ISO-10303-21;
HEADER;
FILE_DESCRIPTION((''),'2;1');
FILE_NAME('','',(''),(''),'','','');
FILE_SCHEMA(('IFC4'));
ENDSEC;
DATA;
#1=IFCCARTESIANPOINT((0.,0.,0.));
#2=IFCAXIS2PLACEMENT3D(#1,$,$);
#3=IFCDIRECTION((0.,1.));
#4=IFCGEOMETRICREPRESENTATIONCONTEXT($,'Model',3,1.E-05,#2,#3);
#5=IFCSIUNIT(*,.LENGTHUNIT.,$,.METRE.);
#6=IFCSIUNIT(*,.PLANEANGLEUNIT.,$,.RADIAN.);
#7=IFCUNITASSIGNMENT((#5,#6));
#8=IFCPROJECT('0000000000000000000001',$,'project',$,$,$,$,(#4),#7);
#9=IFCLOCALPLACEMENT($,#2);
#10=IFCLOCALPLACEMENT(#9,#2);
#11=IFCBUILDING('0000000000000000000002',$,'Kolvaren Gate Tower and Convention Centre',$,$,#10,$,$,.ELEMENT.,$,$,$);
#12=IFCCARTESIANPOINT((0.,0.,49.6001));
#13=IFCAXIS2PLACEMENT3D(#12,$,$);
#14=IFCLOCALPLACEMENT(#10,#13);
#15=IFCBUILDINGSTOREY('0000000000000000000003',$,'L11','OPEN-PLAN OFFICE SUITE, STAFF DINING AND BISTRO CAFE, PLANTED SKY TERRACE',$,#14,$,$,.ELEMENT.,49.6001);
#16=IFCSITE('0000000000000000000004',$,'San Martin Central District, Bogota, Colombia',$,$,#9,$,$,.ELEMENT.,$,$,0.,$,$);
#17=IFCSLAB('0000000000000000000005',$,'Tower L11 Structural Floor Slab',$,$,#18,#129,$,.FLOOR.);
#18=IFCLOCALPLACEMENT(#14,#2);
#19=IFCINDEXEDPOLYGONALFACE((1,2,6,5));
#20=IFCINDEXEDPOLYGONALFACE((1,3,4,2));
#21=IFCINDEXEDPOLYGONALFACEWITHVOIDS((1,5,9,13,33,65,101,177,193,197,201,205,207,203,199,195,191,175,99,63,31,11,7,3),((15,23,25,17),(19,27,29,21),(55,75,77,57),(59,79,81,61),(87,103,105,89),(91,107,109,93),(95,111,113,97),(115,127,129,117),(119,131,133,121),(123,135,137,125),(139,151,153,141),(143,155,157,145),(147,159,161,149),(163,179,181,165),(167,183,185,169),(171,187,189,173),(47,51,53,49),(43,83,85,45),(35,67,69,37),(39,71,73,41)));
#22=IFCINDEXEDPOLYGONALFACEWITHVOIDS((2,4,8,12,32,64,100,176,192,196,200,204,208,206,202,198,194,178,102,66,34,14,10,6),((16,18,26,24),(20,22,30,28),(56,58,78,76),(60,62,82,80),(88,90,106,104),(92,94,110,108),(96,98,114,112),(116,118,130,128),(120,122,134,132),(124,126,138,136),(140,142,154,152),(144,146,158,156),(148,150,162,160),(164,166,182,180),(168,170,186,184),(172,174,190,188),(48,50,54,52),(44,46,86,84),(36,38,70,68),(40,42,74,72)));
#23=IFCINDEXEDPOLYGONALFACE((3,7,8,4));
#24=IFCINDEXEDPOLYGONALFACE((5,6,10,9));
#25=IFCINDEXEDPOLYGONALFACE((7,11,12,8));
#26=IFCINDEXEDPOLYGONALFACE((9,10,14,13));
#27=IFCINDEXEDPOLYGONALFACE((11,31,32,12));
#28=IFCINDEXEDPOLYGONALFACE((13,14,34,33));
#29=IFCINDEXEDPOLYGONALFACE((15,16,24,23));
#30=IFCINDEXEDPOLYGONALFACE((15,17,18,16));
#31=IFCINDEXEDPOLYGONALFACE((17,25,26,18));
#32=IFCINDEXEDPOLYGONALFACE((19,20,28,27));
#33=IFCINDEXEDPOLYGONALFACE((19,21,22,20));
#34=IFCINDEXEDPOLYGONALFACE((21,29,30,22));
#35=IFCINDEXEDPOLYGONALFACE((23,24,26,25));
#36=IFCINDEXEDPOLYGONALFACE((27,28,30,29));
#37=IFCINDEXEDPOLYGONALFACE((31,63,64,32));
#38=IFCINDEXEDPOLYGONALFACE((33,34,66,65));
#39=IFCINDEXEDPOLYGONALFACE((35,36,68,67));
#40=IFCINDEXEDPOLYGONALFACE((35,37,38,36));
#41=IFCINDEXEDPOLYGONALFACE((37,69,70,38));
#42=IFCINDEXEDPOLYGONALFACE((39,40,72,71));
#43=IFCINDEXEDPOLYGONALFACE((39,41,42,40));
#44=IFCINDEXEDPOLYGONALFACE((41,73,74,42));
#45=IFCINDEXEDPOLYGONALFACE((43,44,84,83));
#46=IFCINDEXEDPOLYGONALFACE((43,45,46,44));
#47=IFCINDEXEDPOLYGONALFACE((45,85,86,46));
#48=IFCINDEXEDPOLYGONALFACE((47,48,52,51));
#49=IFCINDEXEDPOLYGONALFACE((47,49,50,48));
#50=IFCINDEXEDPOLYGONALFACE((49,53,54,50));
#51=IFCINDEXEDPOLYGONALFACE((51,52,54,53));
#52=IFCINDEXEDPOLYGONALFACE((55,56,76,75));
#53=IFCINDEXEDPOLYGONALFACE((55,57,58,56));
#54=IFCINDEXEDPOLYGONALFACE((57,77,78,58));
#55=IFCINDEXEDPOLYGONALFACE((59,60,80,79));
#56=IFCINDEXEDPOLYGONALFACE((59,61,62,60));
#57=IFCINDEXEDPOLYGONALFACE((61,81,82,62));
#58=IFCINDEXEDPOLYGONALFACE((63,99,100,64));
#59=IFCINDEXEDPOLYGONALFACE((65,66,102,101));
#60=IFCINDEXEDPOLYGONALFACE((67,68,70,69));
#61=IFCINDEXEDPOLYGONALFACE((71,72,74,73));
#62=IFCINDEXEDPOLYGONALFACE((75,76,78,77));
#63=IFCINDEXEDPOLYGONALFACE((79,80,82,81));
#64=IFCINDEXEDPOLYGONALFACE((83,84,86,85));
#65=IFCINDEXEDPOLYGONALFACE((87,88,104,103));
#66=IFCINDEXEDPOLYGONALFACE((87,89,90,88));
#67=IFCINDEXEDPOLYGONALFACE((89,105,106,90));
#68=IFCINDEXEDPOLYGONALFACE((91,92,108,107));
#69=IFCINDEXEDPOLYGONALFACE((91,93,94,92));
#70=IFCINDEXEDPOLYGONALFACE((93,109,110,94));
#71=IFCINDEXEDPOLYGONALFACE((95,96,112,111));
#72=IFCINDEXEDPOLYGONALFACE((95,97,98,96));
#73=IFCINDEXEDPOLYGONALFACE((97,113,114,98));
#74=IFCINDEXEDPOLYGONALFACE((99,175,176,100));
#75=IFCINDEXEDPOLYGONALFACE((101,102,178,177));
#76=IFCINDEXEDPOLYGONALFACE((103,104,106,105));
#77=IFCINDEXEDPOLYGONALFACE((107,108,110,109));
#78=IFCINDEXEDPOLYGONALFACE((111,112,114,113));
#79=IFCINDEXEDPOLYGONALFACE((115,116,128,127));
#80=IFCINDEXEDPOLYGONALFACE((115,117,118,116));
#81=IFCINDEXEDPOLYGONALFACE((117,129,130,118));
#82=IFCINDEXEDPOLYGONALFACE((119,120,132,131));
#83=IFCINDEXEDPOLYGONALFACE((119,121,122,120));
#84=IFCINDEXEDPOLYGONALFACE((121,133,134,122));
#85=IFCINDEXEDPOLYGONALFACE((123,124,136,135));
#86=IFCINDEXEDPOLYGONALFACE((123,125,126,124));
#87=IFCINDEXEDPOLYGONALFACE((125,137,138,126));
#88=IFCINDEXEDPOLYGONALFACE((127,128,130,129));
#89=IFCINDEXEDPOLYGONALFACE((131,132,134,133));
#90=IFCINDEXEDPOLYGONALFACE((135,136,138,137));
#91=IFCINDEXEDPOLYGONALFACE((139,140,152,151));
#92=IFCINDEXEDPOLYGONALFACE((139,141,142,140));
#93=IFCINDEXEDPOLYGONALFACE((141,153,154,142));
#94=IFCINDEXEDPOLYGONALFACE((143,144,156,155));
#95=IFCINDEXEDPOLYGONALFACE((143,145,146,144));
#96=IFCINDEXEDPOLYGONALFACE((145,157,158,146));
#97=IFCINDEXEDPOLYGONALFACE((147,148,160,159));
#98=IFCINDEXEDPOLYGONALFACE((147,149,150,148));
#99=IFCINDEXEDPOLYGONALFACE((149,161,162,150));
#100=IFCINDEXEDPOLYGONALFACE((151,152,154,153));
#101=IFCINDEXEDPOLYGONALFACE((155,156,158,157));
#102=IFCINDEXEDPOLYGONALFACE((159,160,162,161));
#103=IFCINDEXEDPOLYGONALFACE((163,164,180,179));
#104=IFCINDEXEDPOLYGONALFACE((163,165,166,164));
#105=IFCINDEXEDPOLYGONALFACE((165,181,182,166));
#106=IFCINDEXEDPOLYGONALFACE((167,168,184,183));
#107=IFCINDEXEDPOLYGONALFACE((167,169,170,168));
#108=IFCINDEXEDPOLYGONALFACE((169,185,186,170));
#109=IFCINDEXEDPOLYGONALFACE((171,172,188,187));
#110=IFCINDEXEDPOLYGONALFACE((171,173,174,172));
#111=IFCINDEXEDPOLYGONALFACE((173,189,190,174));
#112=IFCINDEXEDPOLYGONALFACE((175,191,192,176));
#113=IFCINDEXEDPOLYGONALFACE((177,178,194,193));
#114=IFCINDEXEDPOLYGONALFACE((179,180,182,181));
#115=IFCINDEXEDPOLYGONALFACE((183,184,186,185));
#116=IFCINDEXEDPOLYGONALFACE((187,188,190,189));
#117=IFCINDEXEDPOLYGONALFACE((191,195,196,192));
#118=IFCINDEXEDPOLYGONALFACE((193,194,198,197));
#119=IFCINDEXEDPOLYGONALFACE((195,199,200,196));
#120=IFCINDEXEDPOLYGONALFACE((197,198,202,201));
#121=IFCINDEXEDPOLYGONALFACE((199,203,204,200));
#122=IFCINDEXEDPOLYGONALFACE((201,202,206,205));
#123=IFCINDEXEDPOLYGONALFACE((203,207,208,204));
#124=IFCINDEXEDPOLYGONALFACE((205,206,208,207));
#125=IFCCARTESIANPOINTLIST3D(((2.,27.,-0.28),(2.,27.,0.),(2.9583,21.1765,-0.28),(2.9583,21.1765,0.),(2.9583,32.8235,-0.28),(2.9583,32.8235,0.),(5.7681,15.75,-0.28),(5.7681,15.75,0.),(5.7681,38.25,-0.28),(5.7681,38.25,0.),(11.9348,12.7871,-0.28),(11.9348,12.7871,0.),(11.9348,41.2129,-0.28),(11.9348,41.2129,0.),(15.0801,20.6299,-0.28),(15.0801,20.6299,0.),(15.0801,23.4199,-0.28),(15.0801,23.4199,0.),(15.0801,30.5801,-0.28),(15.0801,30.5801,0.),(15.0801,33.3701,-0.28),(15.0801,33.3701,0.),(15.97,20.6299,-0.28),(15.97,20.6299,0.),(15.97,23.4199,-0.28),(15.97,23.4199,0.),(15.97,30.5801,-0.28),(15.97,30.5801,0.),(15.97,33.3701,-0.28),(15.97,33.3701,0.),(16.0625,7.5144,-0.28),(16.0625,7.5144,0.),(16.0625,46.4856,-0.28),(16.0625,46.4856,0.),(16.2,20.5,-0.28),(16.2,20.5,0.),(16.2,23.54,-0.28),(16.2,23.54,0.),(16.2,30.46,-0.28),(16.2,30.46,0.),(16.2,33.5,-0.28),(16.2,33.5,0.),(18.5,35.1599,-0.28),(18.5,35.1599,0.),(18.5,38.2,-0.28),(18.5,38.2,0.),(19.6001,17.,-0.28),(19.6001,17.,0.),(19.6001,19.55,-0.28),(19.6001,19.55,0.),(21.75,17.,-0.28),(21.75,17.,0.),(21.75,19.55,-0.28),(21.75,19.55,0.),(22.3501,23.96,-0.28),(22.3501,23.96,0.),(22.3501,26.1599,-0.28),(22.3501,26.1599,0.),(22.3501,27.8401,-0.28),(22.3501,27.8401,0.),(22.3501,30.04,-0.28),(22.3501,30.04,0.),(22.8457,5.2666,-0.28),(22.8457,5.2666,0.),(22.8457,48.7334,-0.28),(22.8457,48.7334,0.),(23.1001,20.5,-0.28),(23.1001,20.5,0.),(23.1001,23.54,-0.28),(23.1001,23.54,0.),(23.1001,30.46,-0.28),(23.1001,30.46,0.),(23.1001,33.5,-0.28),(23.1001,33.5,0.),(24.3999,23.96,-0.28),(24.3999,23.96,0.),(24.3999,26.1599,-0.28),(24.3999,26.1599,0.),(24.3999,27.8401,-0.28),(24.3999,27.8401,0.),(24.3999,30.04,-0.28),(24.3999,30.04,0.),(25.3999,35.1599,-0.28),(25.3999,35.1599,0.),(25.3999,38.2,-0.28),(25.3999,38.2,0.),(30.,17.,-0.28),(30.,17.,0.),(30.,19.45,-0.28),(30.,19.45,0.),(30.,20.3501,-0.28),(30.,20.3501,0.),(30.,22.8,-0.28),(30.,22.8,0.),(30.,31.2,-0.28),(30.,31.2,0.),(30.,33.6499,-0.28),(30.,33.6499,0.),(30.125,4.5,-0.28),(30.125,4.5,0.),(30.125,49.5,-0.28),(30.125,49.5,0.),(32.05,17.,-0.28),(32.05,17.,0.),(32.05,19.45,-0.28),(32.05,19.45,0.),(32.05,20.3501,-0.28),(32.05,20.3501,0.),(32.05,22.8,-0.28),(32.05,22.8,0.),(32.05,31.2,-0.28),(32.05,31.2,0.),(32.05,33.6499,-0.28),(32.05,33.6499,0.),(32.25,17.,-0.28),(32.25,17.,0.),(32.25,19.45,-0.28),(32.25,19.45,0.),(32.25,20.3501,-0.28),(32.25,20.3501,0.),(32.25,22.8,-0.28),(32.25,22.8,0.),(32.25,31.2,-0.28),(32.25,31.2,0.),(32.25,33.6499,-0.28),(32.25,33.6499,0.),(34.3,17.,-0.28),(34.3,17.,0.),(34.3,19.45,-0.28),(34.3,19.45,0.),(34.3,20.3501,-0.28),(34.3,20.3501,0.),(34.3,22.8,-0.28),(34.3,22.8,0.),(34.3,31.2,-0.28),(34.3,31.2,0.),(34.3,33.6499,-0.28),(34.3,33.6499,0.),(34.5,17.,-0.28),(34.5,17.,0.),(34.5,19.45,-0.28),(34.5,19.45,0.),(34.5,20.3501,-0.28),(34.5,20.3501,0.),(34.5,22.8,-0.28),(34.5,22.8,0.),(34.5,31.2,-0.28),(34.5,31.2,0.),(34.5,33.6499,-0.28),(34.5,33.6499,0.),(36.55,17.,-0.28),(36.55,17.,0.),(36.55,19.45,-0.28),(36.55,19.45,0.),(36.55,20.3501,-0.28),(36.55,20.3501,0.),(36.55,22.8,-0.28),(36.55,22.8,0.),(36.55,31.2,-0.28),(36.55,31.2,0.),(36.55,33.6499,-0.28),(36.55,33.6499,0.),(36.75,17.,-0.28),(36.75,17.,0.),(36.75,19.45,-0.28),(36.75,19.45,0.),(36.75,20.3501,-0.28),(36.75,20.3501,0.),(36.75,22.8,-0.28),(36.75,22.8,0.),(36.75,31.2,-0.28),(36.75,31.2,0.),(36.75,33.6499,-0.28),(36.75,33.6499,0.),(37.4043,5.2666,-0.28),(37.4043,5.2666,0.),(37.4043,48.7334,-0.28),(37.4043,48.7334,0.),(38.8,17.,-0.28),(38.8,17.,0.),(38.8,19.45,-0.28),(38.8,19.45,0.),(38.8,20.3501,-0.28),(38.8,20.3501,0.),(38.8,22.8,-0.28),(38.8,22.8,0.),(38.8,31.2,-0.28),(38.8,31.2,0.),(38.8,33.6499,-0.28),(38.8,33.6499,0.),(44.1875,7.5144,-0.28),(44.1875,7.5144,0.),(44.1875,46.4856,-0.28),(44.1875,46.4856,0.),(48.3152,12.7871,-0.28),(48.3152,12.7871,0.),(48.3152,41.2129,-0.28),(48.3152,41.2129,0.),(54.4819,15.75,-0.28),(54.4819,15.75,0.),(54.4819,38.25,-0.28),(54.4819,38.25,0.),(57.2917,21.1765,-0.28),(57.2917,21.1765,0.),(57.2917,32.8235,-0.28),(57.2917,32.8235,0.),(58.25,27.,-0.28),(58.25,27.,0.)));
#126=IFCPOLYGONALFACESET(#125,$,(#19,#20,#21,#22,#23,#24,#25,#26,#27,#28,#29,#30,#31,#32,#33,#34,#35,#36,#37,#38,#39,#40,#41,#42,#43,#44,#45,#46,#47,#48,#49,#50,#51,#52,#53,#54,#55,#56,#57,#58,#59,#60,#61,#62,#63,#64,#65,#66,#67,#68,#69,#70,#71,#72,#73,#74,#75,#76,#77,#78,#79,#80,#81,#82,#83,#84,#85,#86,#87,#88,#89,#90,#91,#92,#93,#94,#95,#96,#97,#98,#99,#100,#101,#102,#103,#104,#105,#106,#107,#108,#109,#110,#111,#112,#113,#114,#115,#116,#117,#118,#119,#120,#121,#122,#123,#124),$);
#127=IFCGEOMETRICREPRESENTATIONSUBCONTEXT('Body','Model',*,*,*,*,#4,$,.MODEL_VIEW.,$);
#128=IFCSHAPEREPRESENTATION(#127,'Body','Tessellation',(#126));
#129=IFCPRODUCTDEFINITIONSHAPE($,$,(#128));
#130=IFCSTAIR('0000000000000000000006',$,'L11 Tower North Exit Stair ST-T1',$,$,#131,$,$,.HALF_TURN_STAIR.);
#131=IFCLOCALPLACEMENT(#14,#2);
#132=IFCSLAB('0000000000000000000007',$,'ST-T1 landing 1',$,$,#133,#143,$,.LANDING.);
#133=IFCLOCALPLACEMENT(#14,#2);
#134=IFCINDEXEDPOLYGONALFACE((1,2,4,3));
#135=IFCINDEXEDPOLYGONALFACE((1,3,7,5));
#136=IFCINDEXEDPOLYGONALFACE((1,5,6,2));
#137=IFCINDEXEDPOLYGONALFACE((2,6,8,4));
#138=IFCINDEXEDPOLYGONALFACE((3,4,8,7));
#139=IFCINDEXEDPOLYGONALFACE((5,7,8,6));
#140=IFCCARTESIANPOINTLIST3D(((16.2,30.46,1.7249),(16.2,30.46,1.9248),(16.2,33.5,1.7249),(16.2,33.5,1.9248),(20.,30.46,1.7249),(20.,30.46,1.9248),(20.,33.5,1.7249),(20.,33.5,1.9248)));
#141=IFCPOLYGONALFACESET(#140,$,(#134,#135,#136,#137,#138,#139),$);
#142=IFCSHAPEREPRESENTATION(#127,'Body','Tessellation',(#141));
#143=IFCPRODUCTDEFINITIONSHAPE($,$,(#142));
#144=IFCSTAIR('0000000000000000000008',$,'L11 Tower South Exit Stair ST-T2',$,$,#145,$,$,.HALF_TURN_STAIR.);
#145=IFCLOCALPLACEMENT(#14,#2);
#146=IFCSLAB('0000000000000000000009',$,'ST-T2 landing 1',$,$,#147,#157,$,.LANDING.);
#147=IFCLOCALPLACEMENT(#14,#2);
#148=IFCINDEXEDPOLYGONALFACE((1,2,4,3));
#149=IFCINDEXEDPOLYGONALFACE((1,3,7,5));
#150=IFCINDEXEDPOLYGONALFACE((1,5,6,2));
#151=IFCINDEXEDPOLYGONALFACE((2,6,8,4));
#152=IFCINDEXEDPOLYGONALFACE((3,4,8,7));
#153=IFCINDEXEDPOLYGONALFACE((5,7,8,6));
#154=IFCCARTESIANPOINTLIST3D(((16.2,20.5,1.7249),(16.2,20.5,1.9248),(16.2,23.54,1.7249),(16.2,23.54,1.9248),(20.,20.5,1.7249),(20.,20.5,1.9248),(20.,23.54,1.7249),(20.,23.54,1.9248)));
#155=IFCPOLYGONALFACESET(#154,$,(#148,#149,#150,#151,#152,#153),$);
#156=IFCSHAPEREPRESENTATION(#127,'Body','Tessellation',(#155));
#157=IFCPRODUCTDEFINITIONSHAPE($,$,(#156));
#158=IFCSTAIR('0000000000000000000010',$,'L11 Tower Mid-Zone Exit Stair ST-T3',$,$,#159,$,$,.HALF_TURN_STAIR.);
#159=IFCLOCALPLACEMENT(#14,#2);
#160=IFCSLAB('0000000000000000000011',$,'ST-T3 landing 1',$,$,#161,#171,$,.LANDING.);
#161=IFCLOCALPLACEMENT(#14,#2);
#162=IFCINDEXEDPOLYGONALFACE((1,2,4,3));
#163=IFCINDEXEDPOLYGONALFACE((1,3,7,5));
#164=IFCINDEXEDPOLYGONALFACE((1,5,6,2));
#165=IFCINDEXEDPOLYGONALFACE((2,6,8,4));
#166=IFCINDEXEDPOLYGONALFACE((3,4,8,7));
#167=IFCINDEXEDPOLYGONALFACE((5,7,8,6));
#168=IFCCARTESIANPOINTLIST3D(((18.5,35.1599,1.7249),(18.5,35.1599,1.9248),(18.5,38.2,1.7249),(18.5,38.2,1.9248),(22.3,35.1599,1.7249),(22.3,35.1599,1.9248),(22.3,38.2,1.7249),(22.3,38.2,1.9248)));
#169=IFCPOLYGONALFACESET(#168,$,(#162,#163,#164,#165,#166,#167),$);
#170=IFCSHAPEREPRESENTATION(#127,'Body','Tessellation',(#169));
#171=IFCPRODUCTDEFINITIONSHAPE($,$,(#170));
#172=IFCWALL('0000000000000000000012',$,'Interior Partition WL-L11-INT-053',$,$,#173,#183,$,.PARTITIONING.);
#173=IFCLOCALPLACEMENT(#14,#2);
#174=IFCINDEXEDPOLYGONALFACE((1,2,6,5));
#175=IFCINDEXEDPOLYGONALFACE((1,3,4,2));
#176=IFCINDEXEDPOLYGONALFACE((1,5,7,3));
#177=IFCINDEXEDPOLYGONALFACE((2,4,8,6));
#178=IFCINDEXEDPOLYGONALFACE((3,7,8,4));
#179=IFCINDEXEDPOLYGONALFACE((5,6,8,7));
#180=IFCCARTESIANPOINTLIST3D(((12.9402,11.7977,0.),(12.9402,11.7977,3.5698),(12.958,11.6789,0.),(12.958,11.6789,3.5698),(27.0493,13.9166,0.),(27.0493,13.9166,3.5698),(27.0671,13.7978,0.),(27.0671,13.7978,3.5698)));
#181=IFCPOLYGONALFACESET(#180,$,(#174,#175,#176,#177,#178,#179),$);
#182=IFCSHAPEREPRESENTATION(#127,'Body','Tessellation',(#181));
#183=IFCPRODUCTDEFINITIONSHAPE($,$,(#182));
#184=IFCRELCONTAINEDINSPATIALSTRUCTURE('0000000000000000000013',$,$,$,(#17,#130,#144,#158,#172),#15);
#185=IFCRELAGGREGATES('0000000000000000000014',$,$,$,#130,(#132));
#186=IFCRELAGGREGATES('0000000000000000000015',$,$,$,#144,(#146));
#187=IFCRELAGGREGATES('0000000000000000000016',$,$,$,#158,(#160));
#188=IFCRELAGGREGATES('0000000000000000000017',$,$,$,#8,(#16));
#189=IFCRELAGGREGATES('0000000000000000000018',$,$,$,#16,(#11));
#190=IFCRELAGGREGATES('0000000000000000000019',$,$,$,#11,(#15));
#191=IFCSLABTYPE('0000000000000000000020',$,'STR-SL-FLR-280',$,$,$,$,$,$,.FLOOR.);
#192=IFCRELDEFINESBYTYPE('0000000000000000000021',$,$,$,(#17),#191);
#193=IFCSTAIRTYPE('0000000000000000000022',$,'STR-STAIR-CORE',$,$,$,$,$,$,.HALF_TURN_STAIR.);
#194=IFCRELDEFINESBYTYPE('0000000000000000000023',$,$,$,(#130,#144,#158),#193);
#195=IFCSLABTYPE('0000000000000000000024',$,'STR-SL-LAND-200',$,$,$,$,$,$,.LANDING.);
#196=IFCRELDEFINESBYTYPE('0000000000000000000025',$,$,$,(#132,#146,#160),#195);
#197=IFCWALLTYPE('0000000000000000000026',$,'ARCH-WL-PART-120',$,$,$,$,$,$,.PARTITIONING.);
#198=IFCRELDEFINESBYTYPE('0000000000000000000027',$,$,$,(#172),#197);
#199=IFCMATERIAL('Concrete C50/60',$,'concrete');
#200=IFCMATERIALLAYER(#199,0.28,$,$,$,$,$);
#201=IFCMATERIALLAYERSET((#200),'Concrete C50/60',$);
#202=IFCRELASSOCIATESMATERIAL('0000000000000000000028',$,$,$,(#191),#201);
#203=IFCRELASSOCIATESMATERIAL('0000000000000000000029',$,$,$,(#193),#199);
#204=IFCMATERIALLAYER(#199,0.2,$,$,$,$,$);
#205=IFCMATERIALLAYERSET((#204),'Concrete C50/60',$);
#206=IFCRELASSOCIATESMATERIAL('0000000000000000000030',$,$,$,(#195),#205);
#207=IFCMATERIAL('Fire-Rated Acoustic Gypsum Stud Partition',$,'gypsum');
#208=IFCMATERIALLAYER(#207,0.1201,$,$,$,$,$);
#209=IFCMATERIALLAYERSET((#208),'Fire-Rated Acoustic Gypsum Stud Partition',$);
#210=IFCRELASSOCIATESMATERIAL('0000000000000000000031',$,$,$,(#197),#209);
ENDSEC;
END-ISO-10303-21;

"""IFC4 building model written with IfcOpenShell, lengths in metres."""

from ifc_helpers import new_model, si_unit, direction, frame, frame_2d, origin, place, context, subcontext, project, spatial, polyline, rectangle, outline, extrude, material, layer, layer_set, type_object, element, aggregate, save


model = new_model("IFC4")

# Units and contexts
model_context = context("Model", 3, precision=1e-05, world=origin(), true_north=direction((0.0, 1.0)))
body_context = subcontext(model_context, "Body", "Model", "MODEL_VIEW")
ifc_project = project(units=[si_unit("LENGTHUNIT", "METRE"), si_unit("PLANEANGLEUNIT", "RADIAN")], contexts=[model_context])

# Site, building, storey
site_placement = place(None, origin())
site = spatial("IfcSite", under=ifc_project, at=site_placement, Name="San Martin Central District, Bogota, Colombia", CompositionType="ELEMENT", RefElevation=0.0)
building_placement = place(site_placement, origin())
building = spatial("IfcBuilding", under=site, at=building_placement, Name="Kolvaren Gate Tower and Convention Centre", CompositionType="ELEMENT")
storey_placement = place(building_placement, frame((0.0, 0.0, 49.6001)))
storey = spatial("IfcBuildingStorey", under=building, at=storey_placement, Name="L11", Description="OPEN-PLAN OFFICE SUITE, STAFF DINING AND BISTRO CAFE, PLANTED SKY TERRACE", CompositionType="ELEMENT", Elevation=49.6001)

# Slab
ifc_material_1 = material(Name="Concrete C50/60", Category="concrete")
ifc_layer_1 = layer(ifc_material_1, 0.28)
ifc_layer_set_1 = layer_set([ifc_layer_1], Name="Concrete C50/60")
slab_type_1 = type_object("IfcSlabType", Name="STR-SL-FLR-280", PredefinedType="FLOOR", material=ifc_layer_set_1)
slab_1_placement = place(storey_placement, frame((0.0, 0.0, -0.28)))
element("IfcSlab", 1, at=slab_1_placement, inside=storey, type_object=slab_type_1, Name="Tower L11 Structural Floor Slab", PredefinedType="FLOOR", context=body_context, shape_type="SweptSolid", body=[
    extrude(outline(polyline([(58.25, 27.0), (57.2917, 32.8235), (54.4819, 38.25), (48.3152, 41.2129), (44.1875, 46.4856), (37.4043, 48.7334), (30.125, 49.5), (22.8457, 48.7334), (16.0625, 46.4856), (11.9348, 41.2129), (5.7681, 38.25), (2.9583, 32.8235), (2.0, 27.0), (2.9583, 21.1765), (5.7681, 15.75), (11.9348, 12.7871), (16.0625, 7.5144), (22.8457, 5.2666), (30.125, 4.5), (37.4043, 5.2666), (44.1875, 7.5144), (48.3152, 12.7871), (54.4819, 15.75), (57.2917, 21.1765), (58.25, 27.0)]), holes=[polyline([(36.75, 33.6499), (38.8, 33.6499), (38.8, 31.2), (36.75, 31.2), (36.75, 33.6499)]), polyline([(36.75, 20.3501), (36.75, 22.8), (38.8, 22.8), (38.8, 20.3501), (36.75, 20.3501)]), polyline([(36.75, 17.0), (36.75, 19.45), (38.8, 19.45), (38.8, 17.0), (36.75, 17.0)]), polyline([(34.5, 33.6499), (36.55, 33.6499), (36.55, 31.2), (34.5, 31.2), (34.5, 33.6499)]), polyline([(34.5, 22.8), (36.55, 22.8), (36.55, 20.3501), (34.5, 20.3501), (34.5, 22.8)]), polyline([(34.5, 17.0), (34.5, 19.45), (36.55, 19.45), (36.55, 17.0), (34.5, 17.0)]), polyline([(32.25, 31.2), (32.25, 33.6499), (34.3, 33.6499), (34.3, 31.2), (32.25, 31.2)]), polyline([(32.25, 22.8), (34.3, 22.8), (34.3, 20.3501), (32.25, 20.3501), (32.25, 22.8)]), polyline([(32.25, 17.0), (32.25, 19.45), (34.3, 19.45), (34.3, 17.0), (32.25, 17.0)]), polyline([(30.0, 31.2), (30.0, 33.6499), (32.05, 33.6499), (32.05, 31.2), (30.0, 31.2)]), polyline([(30.0, 20.3501), (30.0, 22.8), (32.05, 22.8), (32.05, 20.3501), (30.0, 20.3501)]), polyline([(30.0, 17.0), (30.0, 19.45), (32.05, 19.45), (32.05, 17.0), (30.0, 17.0)]), polyline([(25.3999, 35.1599), (18.5, 35.1599), (18.5, 38.2), (25.3999, 38.2), (25.3999, 35.1599)]), polyline([(22.3501, 27.8401), (22.3501, 30.04), (24.3999, 30.04), (24.3999, 27.8401), (22.3501, 27.8401)]), polyline([(22.3501, 23.96), (22.3501, 26.1599), (24.3999, 26.1599), (24.3999, 23.96), (22.3501, 23.96)]), polyline([(23.1001, 30.46), (16.2, 30.46), (16.2, 33.5), (23.1001, 33.5), (23.1001, 30.46)]), polyline([(23.1001, 20.5), (16.2, 20.5), (16.2, 23.54), (23.1001, 23.54), (23.1001, 20.5)]), polyline([(19.6001, 17.0), (19.6001, 19.55), (21.75, 19.55), (21.75, 17.0), (19.6001, 17.0)]), polyline([(15.0801, 23.4199), (15.97, 23.4199), (15.97, 20.6299), (15.0801, 20.6299), (15.0801, 23.4199)]), polyline([(15.0801, 30.5801), (15.0801, 33.3701), (15.97, 33.3701), (15.97, 30.5801), (15.0801, 30.5801)])]), origin(), (0.0, 0.0, 1.0), 0.28),
])

# Stairs, slabs
stair_type = type_object("IfcStairType", Name="STR-STAIR-CORE", PredefinedType="HALF_TURN_STAIR", material=ifc_material_1)
stair_1_placement = place(storey_placement, origin())
stair_1 = element("IfcStair", 2, at=stair_1_placement, inside=storey, type_object=stair_type, Name="L11 Tower North Exit Stair ST-T1", PredefinedType="HALF_TURN_STAIR")
ifc_layer_2 = layer(ifc_material_1, 0.2)
ifc_layer_set_2 = layer_set([ifc_layer_2], Name="Concrete C50/60")
slab_type_2 = type_object("IfcSlabType", Name="STR-SL-LAND-200", PredefinedType="LANDING", material=ifc_layer_set_2)
slab_2_placement = place(storey_placement, frame((0.0, 0.0, 1.7249)))
slab_2 = element("IfcSlab", 3, at=slab_2_placement, type_object=slab_type_2, Name="ST-T1 landing 1", PredefinedType="LANDING", context=body_context, shape_type="SweptSolid", body=[
    extrude(outline(polyline([(20.0, 33.5), (16.2, 33.5), (16.2, 30.46), (20.0, 30.46), (20.0, 33.5)])), origin(), (0.0, 0.0, 1.0), 0.2),
])
aggregate(stair_1, [slab_2])
stair_2_placement = place(storey_placement, origin())
stair_2 = element("IfcStair", 4, at=stair_2_placement, inside=storey, type_object=stair_type, Name="L11 Tower South Exit Stair ST-T2", PredefinedType="HALF_TURN_STAIR")
slab_3_placement = place(storey_placement, frame((0.0, 0.0, 1.7249)))
slab_3 = element("IfcSlab", 5, at=slab_3_placement, type_object=slab_type_2, Name="ST-T2 landing 1", PredefinedType="LANDING", context=body_context, shape_type="SweptSolid", body=[
    extrude(outline(polyline([(20.0, 23.54), (16.2, 23.54), (16.2, 20.5), (20.0, 20.5), (20.0, 23.54)])), origin(), (0.0, 0.0, 1.0), 0.2),
])
aggregate(stair_2, [slab_3])
stair_3_placement = place(storey_placement, origin())
stair_3 = element("IfcStair", 6, at=stair_3_placement, inside=storey, type_object=stair_type, Name="L11 Tower Mid-Zone Exit Stair ST-T3", PredefinedType="HALF_TURN_STAIR")
slab_4_placement = place(storey_placement, frame((0.0, 0.0, 1.7249)))
slab_4 = element("IfcSlab", 7, at=slab_4_placement, type_object=slab_type_2, Name="ST-T3 landing 1", PredefinedType="LANDING", context=body_context, shape_type="SweptSolid", body=[
    extrude(outline(polyline([(22.3, 38.2), (18.5, 38.2), (18.5, 35.1599), (22.3, 35.1599), (22.3, 38.2)])), origin(), (0.0, 0.0, 1.0), 0.2),
])
aggregate(stair_3, [slab_4])

# Wall
ifc_material_2 = material(Name="Fire-Rated Acoustic Gypsum Stud Partition", Category="gypsum")
ifc_layer_3 = layer(ifc_material_2, 0.1201)
ifc_layer_set_3 = layer_set([ifc_layer_3], Name="Fire-Rated Acoustic Gypsum Stud Partition")
wall_type_1 = type_object("IfcWallType", Name="ARCH-WL-PART-120", PredefinedType="PARTITIONING", material=ifc_layer_set_3)
wall_1_placement = place(storey_placement, frame((12.949, 11.7383, 0.0), z_axis=(0.0, 0.0, 1.0), x_axis=(0.98891, 0.148514, 0.0)))
element("IfcWall", 8, at=wall_1_placement, inside=storey, type_object=wall_type_1, Name="Interior Partition WL-L11-INT-053", PredefinedType="PARTITIONING", context=body_context, shape_type="SweptSolid", body=[
    extrude(rectangle(XDim=14.2673, YDim=0.1201, at=frame_2d((7.1338, 0.0))), origin(), (0.0, 0.0, 1.0), 3.5698),
])

save(model, "model.ifc")
